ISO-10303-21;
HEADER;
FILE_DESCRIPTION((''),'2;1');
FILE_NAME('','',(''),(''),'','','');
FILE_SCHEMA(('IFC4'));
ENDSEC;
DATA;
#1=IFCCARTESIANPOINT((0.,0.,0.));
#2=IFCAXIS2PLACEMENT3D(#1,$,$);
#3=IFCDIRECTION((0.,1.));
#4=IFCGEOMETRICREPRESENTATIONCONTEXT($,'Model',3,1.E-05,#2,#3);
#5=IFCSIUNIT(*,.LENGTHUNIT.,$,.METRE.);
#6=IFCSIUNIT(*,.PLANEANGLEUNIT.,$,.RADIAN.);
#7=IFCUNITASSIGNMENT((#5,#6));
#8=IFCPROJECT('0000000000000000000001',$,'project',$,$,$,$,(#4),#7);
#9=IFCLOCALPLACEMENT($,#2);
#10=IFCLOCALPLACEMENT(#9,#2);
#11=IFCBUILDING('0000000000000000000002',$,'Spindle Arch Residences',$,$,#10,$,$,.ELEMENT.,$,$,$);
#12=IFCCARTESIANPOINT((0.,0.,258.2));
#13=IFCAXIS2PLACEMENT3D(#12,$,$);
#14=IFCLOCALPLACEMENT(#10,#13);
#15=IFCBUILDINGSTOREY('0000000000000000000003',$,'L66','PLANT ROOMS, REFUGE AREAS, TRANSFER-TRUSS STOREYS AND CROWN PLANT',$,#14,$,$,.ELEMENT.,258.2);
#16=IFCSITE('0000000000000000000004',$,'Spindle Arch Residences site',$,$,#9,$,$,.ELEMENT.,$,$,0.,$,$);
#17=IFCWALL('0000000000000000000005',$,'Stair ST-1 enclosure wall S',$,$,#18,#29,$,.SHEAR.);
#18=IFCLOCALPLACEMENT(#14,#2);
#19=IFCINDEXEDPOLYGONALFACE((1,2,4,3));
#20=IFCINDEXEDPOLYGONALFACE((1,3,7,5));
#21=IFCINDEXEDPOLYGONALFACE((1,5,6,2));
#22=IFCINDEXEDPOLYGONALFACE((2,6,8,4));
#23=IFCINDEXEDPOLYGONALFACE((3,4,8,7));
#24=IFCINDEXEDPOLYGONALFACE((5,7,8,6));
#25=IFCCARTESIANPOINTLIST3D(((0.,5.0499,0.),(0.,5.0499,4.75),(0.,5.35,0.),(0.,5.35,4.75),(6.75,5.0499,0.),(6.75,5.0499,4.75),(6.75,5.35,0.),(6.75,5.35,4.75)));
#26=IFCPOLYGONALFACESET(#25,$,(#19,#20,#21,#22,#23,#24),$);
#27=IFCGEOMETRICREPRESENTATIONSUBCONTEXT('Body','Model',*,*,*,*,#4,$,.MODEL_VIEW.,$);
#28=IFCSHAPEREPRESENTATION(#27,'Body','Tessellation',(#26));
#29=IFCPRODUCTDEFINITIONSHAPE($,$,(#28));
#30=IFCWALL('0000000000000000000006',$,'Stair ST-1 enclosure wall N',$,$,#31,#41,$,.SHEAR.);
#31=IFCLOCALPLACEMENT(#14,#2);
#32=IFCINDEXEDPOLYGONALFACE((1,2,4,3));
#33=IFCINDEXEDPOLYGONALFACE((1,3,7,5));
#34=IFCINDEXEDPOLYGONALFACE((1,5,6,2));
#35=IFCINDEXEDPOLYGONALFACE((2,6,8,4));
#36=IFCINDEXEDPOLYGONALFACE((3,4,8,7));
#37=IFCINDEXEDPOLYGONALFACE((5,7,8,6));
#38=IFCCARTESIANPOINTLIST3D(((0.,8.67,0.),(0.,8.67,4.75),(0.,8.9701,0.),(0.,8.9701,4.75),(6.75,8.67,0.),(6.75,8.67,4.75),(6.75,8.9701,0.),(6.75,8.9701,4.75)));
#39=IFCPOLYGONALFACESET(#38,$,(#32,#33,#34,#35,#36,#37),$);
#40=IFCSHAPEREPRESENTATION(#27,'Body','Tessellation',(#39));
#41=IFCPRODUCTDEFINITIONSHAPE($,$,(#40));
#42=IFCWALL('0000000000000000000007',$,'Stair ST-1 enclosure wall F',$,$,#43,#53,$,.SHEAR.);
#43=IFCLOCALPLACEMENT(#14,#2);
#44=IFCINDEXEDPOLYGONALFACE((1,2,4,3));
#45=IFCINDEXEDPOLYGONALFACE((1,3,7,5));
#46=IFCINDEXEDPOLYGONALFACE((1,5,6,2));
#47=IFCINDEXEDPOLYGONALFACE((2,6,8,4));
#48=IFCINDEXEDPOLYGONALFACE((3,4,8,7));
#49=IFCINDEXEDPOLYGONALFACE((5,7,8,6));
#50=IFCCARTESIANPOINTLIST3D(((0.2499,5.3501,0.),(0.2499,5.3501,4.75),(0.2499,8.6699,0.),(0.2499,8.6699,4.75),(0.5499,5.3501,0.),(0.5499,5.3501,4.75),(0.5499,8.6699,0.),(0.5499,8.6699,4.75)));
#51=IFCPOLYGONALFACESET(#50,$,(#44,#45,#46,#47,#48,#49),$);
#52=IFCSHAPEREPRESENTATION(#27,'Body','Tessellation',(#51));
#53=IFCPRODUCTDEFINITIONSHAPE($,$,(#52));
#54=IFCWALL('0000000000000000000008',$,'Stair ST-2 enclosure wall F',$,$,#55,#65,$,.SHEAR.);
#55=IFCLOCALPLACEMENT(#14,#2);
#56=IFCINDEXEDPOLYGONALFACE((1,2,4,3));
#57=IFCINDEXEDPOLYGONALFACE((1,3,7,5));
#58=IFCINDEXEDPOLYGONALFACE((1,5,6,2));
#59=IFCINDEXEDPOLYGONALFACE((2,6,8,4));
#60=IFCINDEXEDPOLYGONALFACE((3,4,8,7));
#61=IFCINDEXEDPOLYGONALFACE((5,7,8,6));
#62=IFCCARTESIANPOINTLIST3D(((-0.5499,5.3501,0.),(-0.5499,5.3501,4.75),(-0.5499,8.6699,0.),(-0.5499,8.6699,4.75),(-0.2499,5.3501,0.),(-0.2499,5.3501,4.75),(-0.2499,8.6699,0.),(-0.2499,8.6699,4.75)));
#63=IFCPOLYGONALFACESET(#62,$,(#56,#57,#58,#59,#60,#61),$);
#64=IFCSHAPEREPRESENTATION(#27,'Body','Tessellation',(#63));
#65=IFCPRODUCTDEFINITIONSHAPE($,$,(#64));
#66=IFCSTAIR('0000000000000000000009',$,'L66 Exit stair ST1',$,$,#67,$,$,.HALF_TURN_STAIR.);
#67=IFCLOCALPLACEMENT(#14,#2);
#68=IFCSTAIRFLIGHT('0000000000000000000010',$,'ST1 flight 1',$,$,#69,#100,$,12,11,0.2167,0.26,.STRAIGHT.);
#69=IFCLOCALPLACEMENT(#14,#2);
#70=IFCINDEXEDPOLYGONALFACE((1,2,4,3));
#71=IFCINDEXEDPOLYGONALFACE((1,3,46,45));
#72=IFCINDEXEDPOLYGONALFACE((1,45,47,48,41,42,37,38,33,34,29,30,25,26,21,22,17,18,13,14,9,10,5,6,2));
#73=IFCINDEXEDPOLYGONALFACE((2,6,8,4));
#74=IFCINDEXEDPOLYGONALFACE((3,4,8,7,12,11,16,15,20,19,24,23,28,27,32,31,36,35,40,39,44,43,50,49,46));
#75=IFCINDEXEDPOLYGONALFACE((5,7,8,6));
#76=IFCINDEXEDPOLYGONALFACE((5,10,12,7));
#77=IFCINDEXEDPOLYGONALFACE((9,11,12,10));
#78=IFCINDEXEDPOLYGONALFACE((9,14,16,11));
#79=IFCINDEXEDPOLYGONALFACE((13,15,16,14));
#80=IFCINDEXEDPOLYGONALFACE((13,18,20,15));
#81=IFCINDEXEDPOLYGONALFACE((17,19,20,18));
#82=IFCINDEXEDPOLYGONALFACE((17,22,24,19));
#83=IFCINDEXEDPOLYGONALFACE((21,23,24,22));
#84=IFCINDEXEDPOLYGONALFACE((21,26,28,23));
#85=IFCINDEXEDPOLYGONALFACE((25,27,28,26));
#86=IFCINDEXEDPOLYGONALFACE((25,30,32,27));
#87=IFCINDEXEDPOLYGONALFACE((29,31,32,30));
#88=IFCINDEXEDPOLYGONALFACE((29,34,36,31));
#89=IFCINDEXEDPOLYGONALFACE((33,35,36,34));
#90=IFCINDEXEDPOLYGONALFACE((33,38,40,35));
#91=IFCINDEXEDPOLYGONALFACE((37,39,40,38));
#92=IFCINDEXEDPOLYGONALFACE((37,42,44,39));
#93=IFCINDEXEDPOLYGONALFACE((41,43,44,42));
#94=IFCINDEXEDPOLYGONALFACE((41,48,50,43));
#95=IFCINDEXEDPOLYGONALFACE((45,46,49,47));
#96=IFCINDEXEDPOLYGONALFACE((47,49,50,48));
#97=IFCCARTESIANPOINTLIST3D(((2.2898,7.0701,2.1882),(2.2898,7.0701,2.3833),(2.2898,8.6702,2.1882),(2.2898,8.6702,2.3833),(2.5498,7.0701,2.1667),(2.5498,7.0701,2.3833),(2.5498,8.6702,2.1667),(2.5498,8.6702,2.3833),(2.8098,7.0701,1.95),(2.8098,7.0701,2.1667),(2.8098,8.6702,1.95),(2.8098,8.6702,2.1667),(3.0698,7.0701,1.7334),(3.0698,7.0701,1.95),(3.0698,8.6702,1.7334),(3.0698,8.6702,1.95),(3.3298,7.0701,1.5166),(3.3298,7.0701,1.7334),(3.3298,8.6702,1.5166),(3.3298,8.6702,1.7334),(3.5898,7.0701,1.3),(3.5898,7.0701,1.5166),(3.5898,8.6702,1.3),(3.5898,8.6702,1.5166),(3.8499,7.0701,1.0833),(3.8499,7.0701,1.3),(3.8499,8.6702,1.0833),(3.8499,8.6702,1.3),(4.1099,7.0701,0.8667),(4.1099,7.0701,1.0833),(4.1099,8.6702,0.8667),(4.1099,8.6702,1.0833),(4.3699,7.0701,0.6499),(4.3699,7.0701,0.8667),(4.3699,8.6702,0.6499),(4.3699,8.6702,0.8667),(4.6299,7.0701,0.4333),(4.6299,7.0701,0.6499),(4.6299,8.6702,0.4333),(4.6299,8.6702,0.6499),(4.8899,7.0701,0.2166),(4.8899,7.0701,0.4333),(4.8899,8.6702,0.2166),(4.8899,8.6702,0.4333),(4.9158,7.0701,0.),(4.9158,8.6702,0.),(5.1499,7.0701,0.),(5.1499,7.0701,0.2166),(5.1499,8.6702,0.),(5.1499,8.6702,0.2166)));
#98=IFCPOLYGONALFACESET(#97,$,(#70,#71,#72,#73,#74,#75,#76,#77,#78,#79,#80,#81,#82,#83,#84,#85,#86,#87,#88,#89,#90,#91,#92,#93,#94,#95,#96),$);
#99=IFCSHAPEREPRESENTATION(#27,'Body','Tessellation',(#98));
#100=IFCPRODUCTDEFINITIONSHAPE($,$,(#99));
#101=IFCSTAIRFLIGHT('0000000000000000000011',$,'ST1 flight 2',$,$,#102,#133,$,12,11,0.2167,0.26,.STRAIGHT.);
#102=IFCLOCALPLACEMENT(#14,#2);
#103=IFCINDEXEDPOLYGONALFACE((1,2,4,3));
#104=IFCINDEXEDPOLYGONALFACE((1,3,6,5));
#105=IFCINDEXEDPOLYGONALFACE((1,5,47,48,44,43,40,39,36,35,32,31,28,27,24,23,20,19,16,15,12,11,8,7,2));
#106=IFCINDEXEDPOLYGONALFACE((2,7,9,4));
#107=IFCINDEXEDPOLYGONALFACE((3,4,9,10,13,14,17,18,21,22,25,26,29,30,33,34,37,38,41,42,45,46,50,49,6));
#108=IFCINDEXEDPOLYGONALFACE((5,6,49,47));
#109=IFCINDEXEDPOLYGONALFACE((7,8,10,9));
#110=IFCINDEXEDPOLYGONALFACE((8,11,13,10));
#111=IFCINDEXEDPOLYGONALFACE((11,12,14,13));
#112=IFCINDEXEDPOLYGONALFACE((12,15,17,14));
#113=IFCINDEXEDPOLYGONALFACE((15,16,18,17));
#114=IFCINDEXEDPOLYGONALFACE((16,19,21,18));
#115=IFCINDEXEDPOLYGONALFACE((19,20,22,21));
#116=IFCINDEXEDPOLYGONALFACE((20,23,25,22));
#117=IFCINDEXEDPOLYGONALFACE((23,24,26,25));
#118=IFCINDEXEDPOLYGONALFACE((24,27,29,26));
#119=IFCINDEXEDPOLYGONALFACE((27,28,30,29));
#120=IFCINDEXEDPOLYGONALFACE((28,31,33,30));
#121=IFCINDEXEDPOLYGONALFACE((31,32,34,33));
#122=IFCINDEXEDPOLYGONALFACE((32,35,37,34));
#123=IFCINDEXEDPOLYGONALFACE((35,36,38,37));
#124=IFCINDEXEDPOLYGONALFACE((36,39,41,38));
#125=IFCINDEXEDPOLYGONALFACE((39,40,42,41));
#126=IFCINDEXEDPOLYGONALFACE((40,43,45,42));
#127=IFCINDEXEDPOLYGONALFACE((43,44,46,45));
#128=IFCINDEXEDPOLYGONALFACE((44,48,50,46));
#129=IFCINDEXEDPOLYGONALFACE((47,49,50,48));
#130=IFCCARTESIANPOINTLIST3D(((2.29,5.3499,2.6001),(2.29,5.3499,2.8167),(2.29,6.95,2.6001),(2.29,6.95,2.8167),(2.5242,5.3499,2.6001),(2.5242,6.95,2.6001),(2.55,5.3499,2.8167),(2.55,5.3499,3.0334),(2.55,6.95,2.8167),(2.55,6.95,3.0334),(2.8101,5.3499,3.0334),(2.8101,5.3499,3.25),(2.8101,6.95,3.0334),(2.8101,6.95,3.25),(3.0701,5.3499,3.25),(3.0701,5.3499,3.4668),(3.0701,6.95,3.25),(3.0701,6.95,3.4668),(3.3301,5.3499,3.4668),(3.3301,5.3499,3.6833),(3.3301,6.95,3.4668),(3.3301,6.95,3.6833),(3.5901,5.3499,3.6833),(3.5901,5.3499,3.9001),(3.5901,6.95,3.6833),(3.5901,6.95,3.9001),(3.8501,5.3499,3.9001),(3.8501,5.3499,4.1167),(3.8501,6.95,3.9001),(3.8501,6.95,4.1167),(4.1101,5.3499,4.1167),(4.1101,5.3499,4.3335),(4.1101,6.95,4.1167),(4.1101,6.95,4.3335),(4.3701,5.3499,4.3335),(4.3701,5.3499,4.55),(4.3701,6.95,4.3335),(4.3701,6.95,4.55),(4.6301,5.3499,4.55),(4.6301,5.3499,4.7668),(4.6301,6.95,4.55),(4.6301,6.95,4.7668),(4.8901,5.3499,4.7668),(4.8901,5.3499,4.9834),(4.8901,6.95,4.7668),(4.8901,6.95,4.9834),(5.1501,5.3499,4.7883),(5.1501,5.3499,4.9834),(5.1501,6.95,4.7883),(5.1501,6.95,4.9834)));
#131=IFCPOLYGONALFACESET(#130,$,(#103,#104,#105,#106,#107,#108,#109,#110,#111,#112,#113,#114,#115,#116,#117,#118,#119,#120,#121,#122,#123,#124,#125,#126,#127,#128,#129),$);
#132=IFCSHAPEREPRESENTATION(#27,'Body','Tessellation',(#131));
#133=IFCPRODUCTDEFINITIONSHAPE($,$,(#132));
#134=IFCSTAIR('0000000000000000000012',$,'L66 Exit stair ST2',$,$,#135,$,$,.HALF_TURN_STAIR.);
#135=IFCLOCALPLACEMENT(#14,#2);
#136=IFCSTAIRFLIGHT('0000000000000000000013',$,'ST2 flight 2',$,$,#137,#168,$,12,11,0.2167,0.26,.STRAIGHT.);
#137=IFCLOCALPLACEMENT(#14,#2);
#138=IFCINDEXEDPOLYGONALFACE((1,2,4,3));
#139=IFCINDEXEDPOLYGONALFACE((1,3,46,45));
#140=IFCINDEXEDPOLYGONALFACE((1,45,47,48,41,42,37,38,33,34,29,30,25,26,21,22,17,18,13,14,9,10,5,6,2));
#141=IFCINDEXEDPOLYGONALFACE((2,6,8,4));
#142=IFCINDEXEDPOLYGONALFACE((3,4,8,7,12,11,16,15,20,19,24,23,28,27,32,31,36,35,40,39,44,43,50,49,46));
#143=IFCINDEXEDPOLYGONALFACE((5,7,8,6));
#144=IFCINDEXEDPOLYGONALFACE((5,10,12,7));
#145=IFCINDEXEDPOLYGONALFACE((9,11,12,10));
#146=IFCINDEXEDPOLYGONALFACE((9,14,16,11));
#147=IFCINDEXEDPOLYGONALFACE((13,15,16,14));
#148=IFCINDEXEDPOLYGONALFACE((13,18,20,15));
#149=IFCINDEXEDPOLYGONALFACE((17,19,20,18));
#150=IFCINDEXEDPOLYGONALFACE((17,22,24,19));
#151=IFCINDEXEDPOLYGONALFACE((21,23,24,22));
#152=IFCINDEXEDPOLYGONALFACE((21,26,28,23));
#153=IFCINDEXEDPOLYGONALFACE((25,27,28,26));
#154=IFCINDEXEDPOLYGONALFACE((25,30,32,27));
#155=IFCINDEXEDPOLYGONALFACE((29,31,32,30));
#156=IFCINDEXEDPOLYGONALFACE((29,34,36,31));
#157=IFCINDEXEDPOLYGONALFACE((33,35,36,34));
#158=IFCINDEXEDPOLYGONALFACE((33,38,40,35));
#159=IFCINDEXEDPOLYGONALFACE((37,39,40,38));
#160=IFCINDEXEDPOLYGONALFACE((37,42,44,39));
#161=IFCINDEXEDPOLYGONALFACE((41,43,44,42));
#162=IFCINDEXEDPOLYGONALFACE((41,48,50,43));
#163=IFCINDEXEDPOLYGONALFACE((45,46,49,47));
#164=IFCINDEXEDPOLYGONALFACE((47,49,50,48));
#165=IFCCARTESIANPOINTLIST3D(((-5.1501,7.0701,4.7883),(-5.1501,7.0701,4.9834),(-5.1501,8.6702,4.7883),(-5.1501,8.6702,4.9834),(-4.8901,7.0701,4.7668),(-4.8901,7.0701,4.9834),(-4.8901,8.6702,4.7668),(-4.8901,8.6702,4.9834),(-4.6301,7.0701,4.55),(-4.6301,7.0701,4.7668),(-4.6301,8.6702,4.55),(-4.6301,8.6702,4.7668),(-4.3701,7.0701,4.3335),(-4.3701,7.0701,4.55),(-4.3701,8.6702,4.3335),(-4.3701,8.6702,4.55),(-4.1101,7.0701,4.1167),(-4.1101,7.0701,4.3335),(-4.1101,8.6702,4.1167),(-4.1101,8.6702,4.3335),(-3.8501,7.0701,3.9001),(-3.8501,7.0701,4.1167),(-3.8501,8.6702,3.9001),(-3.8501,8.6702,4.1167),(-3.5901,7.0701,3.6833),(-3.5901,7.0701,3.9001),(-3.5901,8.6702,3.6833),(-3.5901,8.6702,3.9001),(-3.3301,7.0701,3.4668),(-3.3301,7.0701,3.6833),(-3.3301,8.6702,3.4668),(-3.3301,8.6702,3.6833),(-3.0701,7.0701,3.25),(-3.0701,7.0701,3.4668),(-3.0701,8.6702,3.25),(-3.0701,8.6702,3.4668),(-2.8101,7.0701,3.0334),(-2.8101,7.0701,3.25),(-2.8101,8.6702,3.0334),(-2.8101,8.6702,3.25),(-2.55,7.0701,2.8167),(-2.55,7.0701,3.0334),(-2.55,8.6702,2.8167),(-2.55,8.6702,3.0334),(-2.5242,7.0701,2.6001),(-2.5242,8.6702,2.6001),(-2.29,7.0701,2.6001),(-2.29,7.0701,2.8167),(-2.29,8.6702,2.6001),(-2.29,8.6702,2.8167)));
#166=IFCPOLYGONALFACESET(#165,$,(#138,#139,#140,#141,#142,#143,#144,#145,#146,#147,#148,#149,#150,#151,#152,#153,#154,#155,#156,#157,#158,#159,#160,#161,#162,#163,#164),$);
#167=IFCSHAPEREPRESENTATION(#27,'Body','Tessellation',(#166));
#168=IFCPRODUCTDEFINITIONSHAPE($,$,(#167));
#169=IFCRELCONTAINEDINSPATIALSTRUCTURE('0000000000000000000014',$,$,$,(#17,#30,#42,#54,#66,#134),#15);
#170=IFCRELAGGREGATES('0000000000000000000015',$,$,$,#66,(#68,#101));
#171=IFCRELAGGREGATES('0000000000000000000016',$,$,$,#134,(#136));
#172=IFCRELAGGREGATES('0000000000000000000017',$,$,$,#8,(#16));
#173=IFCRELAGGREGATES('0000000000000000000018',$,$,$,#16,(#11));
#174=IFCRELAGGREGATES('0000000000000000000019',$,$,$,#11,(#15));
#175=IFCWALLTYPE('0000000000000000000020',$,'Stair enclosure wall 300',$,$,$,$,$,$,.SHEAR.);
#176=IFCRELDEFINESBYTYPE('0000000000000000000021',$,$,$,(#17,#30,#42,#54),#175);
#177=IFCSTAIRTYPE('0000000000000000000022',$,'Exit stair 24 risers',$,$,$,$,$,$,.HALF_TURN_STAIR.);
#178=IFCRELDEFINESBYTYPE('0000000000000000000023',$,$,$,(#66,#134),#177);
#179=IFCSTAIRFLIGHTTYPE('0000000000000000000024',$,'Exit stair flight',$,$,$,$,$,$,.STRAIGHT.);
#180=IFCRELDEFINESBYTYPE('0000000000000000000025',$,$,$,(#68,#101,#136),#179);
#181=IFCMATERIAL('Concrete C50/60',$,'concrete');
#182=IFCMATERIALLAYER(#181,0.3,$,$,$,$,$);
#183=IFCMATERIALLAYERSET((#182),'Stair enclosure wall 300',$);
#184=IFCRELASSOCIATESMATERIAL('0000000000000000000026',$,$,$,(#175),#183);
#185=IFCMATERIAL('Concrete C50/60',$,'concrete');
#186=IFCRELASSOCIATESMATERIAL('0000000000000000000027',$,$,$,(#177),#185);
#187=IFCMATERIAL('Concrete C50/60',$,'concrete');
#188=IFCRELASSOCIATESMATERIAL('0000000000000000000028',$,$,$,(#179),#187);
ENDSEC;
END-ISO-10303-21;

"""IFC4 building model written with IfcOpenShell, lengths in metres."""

from ifc_helpers import new_model, si_unit, direction, frame, frame_2d, origin, place, context, subcontext, project, spatial, polyline, rectangle, outline, extrude, material, layer, layer_set, type_object, element, aggregate, save


model = new_model("IFC4")

# Units and contexts
model_context = context("Model", 3, precision=1e-05, world=origin(), true_north=direction((0.0, 1.0)))
body_context = subcontext(model_context, "Body", "Model", "MODEL_VIEW")
ifc_project = project(units=[si_unit("LENGTHUNIT", "METRE"), si_unit("PLANEANGLEUNIT", "RADIAN")], contexts=[model_context])

# Site, building, storey
site_placement = place(None, origin())
site = spatial("IfcSite", under=ifc_project, at=site_placement, Name="Spindle Arch Residences site", CompositionType="ELEMENT", RefElevation=0.0)
building_placement = place(site_placement, origin())
building = spatial("IfcBuilding", under=site, at=building_placement, Name="Spindle Arch Residences", CompositionType="ELEMENT")
storey_placement = place(building_placement, frame((0.0, 0.0, 258.2)))
storey = spatial("IfcBuildingStorey", under=building, at=storey_placement, Name="L66", Description="PLANT ROOMS, REFUGE AREAS, TRANSFER-TRUSS STOREYS AND CROWN PLANT", CompositionType="ELEMENT", Elevation=258.2)

# Walls
ifc_material_1 = material(Name="Concrete C50/60", Category="concrete")
ifc_layer_1 = layer(ifc_material_1, 0.3)
ifc_layer_set_1 = layer_set([ifc_layer_1], Name="Stair enclosure wall 300")
wall_type_1 = type_object("IfcWallType", Name="Stair enclosure wall 300", PredefinedType="SHEAR", material=ifc_layer_set_1)
for number, where, z_axis, x_axis, name in (
    (1, (0.0, 5.2, 0.0), (0.0, 0.0, 1.0), (1.0, 0.0, 0.0), "Stair ST-1 enclosure wall S"),
    (2, (0.0, 8.8201, 0.0), (0.0, 0.0, 1.0), (1.0, 0.0, 0.0), "Stair ST-1 enclosure wall N"),
):
    element("IfcWall", number, at=place(storey_placement, frame(where, z_axis=z_axis, x_axis=x_axis)), inside=storey, type_object=wall_type_1, Name=name, PredefinedType="SHEAR", context=body_context, shape_type="SweptSolid", body=[
        extrude(rectangle(XDim=6.75, YDim=0.3, at=frame_2d((3.375, 0.0))), origin(), (0.0, 0.0, 1.0), 4.75),
    ])
for number, where, z_axis, x_axis, name in (
    (3, (0.3999, 5.3501, 0.0), (0.0, 0.0, 1.0), (0.0, 1.0, 0.0), "Stair ST-1 enclosure wall F"),
    (4, (-0.3999, 5.3501, 0.0), (0.0, 0.0, 1.0), (0.0, 1.0, 0.0), "Stair ST-2 enclosure wall F"),
):
    element("IfcWall", number, at=place(storey_placement, frame(where, z_axis=z_axis, x_axis=x_axis)), inside=storey, type_object=wall_type_1, Name=name, PredefinedType="SHEAR", context=body_context, shape_type="SweptSolid", body=[
        extrude(rectangle(XDim=3.3198, YDim=0.3, at=frame_2d((1.6599, 0.0))), origin(), (0.0, 0.0, 1.0), 4.75),
    ])

# Stair, stair flights
ifc_material_2 = material(Name="Concrete C50/60", Category="concrete")
stair_type = type_object("IfcStairType", Name="Exit stair 24 risers", PredefinedType="HALF_TURN_STAIR", material=ifc_material_2)
stair_1_placement = place(storey_placement, origin())
stair_1 = element("IfcStair", 5, at=stair_1_placement, inside=storey, type_object=stair_type, Name="L66 Exit stair ST1", PredefinedType="HALF_TURN_STAIR")
ifc_material_3 = material(Name="Concrete C50/60", Category="concrete")
stair_flight_type = type_object("IfcStairFlightType", Name="Exit stair flight", PredefinedType="STRAIGHT", material=ifc_material_3)
stair_flight_1_placement = place(storey_placement, frame((5.1499, 7.8701, 0.0), z_axis=(0.0, 0.0, 1.0), x_axis=(-1.0, 0.0, 0.0)))
stair_flight_1 = element("IfcStairFlight", 6, at=stair_flight_1_placement, type_object=stair_flight_type, Name="ST1 flight 1", NumberOfRisers=12, NumberOfTreads=11, PredefinedType="STRAIGHT", RiserHeight=0.2167, TreadLength=0.26, context=body_context, shape_type="SweptSolid", body=[
    extrude(outline(polyline([(0.0, 0.0), (0.0, 0.2166), (0.26, 0.2166), (0.26, 0.4333), (0.52, 0.4333), (0.52, 0.6499), (0.78, 0.6499), (0.78, 0.8667), (1.04, 0.8667), (1.04, 1.0833), (1.3, 1.0833), (1.3, 1.3), (1.5601, 1.3), (1.5601, 1.5166), (1.8201, 1.5166), (1.8201, 1.7334), (2.0801, 1.7334), (2.0801, 1.95), (2.3401, 1.95), (2.3401, 2.1667), (2.6001, 2.1667), (2.6001, 2.3833), (2.8601, 2.3833), (2.8601, 2.6001), (2.8601, 2.1882), (0.2341, 0.0), (0.0, 0.0)])), frame((0.0, 0.8, 0.0), z_axis=(0.0, -1.0, 0.0), x_axis=(1.0, 0.0, 0.0)), (0.0, 0.0, 1.0), 1.6001),
])
stair_flight_2_placement = place(storey_placement, frame((2.29, 6.1499, 2.6001), z_axis=(0.0, 0.0, 1.0), x_axis=(1.0, 0.0, 0.0)))
stair_flight_2 = element("IfcStairFlight", 7, at=stair_flight_2_placement, type_object=stair_flight_type, Name="ST1 flight 2", NumberOfRisers=12, NumberOfTreads=11, PredefinedType="STRAIGHT", RiserHeight=0.2167, TreadLength=0.26, context=body_context, shape_type="SweptSolid", body=[
    extrude(outline(polyline([(0.0, 0.0), (0.0, 0.2166), (0.26, 0.2166), (0.26, 0.4333), (0.52, 0.4333), (0.52, 0.6499), (0.78, 0.6499), (0.78, 0.8667), (1.04, 0.8667), (1.04, 1.0833), (1.3, 1.0833), (1.3, 1.3), (1.5601, 1.3), (1.5601, 1.5166), (1.8201, 1.5166), (1.8201, 1.7334), (2.0801, 1.7334), (2.0801, 1.95), (2.3401, 1.95), (2.3401, 2.1667), (2.6001, 2.1667), (2.6001, 2.3833), (2.8601, 2.3833), (2.8601, 2.6001), (2.8601, 2.1882), (0.2341, 0.0), (0.0, 0.0)])), frame((0.0, 0.8, 0.0), z_axis=(0.0, -1.0, 0.0), x_axis=(1.0, 0.0, 0.0)), (0.0, 0.0, 1.0), 1.6001),
])
aggregate(stair_1, [stair_flight_1, stair_flight_2])

# Stair, stair flight
stair_2_placement = place(storey_placement, origin())
stair_2 = element("IfcStair", 8, at=stair_2_placement, inside=storey, type_object=stair_type, Name="L66 Exit stair ST2", PredefinedType="HALF_TURN_STAIR")
stair_flight_3_placement = place(storey_placement, frame((-2.29, 7.8701, 2.6001), z_axis=(0.0, 0.0, 1.0), x_axis=(-1.0, 0.0, 0.0)))
stair_flight_3 = element("IfcStairFlight", 9, at=stair_flight_3_placement, type_object=stair_flight_type, Name="ST2 flight 2", NumberOfRisers=12, NumberOfTreads=11, PredefinedType="STRAIGHT", RiserHeight=0.2167, TreadLength=0.26, context=body_context, shape_type="SweptSolid", body=[
    extrude(outline(polyline([(0.0, 0.0), (0.0, 0.2166), (0.26, 0.2166), (0.26, 0.4333), (0.52, 0.4333), (0.52, 0.6499), (0.78, 0.6499), (0.78, 0.8667), (1.04, 0.8667), (1.04, 1.0833), (1.3, 1.0833), (1.3, 1.3), (1.5601, 1.3), (1.5601, 1.5166), (1.8201, 1.5166), (1.8201, 1.7334), (2.0801, 1.7334), (2.0801, 1.95), (2.3401, 1.95), (2.3401, 2.1667), (2.6001, 2.1667), (2.6001, 2.3833), (2.8601, 2.3833), (2.8601, 2.6001), (2.8601, 2.1882), (0.2341, 0.0), (0.0, 0.0)])), frame((0.0, 0.8, 0.0), z_axis=(0.0, -1.0, 0.0), x_axis=(1.0, 0.0, 0.0)), (0.0, 0.0, 1.0), 1.6001),
])
aggregate(stair_2, [stair_flight_3])

save(model, "model.ifc")
